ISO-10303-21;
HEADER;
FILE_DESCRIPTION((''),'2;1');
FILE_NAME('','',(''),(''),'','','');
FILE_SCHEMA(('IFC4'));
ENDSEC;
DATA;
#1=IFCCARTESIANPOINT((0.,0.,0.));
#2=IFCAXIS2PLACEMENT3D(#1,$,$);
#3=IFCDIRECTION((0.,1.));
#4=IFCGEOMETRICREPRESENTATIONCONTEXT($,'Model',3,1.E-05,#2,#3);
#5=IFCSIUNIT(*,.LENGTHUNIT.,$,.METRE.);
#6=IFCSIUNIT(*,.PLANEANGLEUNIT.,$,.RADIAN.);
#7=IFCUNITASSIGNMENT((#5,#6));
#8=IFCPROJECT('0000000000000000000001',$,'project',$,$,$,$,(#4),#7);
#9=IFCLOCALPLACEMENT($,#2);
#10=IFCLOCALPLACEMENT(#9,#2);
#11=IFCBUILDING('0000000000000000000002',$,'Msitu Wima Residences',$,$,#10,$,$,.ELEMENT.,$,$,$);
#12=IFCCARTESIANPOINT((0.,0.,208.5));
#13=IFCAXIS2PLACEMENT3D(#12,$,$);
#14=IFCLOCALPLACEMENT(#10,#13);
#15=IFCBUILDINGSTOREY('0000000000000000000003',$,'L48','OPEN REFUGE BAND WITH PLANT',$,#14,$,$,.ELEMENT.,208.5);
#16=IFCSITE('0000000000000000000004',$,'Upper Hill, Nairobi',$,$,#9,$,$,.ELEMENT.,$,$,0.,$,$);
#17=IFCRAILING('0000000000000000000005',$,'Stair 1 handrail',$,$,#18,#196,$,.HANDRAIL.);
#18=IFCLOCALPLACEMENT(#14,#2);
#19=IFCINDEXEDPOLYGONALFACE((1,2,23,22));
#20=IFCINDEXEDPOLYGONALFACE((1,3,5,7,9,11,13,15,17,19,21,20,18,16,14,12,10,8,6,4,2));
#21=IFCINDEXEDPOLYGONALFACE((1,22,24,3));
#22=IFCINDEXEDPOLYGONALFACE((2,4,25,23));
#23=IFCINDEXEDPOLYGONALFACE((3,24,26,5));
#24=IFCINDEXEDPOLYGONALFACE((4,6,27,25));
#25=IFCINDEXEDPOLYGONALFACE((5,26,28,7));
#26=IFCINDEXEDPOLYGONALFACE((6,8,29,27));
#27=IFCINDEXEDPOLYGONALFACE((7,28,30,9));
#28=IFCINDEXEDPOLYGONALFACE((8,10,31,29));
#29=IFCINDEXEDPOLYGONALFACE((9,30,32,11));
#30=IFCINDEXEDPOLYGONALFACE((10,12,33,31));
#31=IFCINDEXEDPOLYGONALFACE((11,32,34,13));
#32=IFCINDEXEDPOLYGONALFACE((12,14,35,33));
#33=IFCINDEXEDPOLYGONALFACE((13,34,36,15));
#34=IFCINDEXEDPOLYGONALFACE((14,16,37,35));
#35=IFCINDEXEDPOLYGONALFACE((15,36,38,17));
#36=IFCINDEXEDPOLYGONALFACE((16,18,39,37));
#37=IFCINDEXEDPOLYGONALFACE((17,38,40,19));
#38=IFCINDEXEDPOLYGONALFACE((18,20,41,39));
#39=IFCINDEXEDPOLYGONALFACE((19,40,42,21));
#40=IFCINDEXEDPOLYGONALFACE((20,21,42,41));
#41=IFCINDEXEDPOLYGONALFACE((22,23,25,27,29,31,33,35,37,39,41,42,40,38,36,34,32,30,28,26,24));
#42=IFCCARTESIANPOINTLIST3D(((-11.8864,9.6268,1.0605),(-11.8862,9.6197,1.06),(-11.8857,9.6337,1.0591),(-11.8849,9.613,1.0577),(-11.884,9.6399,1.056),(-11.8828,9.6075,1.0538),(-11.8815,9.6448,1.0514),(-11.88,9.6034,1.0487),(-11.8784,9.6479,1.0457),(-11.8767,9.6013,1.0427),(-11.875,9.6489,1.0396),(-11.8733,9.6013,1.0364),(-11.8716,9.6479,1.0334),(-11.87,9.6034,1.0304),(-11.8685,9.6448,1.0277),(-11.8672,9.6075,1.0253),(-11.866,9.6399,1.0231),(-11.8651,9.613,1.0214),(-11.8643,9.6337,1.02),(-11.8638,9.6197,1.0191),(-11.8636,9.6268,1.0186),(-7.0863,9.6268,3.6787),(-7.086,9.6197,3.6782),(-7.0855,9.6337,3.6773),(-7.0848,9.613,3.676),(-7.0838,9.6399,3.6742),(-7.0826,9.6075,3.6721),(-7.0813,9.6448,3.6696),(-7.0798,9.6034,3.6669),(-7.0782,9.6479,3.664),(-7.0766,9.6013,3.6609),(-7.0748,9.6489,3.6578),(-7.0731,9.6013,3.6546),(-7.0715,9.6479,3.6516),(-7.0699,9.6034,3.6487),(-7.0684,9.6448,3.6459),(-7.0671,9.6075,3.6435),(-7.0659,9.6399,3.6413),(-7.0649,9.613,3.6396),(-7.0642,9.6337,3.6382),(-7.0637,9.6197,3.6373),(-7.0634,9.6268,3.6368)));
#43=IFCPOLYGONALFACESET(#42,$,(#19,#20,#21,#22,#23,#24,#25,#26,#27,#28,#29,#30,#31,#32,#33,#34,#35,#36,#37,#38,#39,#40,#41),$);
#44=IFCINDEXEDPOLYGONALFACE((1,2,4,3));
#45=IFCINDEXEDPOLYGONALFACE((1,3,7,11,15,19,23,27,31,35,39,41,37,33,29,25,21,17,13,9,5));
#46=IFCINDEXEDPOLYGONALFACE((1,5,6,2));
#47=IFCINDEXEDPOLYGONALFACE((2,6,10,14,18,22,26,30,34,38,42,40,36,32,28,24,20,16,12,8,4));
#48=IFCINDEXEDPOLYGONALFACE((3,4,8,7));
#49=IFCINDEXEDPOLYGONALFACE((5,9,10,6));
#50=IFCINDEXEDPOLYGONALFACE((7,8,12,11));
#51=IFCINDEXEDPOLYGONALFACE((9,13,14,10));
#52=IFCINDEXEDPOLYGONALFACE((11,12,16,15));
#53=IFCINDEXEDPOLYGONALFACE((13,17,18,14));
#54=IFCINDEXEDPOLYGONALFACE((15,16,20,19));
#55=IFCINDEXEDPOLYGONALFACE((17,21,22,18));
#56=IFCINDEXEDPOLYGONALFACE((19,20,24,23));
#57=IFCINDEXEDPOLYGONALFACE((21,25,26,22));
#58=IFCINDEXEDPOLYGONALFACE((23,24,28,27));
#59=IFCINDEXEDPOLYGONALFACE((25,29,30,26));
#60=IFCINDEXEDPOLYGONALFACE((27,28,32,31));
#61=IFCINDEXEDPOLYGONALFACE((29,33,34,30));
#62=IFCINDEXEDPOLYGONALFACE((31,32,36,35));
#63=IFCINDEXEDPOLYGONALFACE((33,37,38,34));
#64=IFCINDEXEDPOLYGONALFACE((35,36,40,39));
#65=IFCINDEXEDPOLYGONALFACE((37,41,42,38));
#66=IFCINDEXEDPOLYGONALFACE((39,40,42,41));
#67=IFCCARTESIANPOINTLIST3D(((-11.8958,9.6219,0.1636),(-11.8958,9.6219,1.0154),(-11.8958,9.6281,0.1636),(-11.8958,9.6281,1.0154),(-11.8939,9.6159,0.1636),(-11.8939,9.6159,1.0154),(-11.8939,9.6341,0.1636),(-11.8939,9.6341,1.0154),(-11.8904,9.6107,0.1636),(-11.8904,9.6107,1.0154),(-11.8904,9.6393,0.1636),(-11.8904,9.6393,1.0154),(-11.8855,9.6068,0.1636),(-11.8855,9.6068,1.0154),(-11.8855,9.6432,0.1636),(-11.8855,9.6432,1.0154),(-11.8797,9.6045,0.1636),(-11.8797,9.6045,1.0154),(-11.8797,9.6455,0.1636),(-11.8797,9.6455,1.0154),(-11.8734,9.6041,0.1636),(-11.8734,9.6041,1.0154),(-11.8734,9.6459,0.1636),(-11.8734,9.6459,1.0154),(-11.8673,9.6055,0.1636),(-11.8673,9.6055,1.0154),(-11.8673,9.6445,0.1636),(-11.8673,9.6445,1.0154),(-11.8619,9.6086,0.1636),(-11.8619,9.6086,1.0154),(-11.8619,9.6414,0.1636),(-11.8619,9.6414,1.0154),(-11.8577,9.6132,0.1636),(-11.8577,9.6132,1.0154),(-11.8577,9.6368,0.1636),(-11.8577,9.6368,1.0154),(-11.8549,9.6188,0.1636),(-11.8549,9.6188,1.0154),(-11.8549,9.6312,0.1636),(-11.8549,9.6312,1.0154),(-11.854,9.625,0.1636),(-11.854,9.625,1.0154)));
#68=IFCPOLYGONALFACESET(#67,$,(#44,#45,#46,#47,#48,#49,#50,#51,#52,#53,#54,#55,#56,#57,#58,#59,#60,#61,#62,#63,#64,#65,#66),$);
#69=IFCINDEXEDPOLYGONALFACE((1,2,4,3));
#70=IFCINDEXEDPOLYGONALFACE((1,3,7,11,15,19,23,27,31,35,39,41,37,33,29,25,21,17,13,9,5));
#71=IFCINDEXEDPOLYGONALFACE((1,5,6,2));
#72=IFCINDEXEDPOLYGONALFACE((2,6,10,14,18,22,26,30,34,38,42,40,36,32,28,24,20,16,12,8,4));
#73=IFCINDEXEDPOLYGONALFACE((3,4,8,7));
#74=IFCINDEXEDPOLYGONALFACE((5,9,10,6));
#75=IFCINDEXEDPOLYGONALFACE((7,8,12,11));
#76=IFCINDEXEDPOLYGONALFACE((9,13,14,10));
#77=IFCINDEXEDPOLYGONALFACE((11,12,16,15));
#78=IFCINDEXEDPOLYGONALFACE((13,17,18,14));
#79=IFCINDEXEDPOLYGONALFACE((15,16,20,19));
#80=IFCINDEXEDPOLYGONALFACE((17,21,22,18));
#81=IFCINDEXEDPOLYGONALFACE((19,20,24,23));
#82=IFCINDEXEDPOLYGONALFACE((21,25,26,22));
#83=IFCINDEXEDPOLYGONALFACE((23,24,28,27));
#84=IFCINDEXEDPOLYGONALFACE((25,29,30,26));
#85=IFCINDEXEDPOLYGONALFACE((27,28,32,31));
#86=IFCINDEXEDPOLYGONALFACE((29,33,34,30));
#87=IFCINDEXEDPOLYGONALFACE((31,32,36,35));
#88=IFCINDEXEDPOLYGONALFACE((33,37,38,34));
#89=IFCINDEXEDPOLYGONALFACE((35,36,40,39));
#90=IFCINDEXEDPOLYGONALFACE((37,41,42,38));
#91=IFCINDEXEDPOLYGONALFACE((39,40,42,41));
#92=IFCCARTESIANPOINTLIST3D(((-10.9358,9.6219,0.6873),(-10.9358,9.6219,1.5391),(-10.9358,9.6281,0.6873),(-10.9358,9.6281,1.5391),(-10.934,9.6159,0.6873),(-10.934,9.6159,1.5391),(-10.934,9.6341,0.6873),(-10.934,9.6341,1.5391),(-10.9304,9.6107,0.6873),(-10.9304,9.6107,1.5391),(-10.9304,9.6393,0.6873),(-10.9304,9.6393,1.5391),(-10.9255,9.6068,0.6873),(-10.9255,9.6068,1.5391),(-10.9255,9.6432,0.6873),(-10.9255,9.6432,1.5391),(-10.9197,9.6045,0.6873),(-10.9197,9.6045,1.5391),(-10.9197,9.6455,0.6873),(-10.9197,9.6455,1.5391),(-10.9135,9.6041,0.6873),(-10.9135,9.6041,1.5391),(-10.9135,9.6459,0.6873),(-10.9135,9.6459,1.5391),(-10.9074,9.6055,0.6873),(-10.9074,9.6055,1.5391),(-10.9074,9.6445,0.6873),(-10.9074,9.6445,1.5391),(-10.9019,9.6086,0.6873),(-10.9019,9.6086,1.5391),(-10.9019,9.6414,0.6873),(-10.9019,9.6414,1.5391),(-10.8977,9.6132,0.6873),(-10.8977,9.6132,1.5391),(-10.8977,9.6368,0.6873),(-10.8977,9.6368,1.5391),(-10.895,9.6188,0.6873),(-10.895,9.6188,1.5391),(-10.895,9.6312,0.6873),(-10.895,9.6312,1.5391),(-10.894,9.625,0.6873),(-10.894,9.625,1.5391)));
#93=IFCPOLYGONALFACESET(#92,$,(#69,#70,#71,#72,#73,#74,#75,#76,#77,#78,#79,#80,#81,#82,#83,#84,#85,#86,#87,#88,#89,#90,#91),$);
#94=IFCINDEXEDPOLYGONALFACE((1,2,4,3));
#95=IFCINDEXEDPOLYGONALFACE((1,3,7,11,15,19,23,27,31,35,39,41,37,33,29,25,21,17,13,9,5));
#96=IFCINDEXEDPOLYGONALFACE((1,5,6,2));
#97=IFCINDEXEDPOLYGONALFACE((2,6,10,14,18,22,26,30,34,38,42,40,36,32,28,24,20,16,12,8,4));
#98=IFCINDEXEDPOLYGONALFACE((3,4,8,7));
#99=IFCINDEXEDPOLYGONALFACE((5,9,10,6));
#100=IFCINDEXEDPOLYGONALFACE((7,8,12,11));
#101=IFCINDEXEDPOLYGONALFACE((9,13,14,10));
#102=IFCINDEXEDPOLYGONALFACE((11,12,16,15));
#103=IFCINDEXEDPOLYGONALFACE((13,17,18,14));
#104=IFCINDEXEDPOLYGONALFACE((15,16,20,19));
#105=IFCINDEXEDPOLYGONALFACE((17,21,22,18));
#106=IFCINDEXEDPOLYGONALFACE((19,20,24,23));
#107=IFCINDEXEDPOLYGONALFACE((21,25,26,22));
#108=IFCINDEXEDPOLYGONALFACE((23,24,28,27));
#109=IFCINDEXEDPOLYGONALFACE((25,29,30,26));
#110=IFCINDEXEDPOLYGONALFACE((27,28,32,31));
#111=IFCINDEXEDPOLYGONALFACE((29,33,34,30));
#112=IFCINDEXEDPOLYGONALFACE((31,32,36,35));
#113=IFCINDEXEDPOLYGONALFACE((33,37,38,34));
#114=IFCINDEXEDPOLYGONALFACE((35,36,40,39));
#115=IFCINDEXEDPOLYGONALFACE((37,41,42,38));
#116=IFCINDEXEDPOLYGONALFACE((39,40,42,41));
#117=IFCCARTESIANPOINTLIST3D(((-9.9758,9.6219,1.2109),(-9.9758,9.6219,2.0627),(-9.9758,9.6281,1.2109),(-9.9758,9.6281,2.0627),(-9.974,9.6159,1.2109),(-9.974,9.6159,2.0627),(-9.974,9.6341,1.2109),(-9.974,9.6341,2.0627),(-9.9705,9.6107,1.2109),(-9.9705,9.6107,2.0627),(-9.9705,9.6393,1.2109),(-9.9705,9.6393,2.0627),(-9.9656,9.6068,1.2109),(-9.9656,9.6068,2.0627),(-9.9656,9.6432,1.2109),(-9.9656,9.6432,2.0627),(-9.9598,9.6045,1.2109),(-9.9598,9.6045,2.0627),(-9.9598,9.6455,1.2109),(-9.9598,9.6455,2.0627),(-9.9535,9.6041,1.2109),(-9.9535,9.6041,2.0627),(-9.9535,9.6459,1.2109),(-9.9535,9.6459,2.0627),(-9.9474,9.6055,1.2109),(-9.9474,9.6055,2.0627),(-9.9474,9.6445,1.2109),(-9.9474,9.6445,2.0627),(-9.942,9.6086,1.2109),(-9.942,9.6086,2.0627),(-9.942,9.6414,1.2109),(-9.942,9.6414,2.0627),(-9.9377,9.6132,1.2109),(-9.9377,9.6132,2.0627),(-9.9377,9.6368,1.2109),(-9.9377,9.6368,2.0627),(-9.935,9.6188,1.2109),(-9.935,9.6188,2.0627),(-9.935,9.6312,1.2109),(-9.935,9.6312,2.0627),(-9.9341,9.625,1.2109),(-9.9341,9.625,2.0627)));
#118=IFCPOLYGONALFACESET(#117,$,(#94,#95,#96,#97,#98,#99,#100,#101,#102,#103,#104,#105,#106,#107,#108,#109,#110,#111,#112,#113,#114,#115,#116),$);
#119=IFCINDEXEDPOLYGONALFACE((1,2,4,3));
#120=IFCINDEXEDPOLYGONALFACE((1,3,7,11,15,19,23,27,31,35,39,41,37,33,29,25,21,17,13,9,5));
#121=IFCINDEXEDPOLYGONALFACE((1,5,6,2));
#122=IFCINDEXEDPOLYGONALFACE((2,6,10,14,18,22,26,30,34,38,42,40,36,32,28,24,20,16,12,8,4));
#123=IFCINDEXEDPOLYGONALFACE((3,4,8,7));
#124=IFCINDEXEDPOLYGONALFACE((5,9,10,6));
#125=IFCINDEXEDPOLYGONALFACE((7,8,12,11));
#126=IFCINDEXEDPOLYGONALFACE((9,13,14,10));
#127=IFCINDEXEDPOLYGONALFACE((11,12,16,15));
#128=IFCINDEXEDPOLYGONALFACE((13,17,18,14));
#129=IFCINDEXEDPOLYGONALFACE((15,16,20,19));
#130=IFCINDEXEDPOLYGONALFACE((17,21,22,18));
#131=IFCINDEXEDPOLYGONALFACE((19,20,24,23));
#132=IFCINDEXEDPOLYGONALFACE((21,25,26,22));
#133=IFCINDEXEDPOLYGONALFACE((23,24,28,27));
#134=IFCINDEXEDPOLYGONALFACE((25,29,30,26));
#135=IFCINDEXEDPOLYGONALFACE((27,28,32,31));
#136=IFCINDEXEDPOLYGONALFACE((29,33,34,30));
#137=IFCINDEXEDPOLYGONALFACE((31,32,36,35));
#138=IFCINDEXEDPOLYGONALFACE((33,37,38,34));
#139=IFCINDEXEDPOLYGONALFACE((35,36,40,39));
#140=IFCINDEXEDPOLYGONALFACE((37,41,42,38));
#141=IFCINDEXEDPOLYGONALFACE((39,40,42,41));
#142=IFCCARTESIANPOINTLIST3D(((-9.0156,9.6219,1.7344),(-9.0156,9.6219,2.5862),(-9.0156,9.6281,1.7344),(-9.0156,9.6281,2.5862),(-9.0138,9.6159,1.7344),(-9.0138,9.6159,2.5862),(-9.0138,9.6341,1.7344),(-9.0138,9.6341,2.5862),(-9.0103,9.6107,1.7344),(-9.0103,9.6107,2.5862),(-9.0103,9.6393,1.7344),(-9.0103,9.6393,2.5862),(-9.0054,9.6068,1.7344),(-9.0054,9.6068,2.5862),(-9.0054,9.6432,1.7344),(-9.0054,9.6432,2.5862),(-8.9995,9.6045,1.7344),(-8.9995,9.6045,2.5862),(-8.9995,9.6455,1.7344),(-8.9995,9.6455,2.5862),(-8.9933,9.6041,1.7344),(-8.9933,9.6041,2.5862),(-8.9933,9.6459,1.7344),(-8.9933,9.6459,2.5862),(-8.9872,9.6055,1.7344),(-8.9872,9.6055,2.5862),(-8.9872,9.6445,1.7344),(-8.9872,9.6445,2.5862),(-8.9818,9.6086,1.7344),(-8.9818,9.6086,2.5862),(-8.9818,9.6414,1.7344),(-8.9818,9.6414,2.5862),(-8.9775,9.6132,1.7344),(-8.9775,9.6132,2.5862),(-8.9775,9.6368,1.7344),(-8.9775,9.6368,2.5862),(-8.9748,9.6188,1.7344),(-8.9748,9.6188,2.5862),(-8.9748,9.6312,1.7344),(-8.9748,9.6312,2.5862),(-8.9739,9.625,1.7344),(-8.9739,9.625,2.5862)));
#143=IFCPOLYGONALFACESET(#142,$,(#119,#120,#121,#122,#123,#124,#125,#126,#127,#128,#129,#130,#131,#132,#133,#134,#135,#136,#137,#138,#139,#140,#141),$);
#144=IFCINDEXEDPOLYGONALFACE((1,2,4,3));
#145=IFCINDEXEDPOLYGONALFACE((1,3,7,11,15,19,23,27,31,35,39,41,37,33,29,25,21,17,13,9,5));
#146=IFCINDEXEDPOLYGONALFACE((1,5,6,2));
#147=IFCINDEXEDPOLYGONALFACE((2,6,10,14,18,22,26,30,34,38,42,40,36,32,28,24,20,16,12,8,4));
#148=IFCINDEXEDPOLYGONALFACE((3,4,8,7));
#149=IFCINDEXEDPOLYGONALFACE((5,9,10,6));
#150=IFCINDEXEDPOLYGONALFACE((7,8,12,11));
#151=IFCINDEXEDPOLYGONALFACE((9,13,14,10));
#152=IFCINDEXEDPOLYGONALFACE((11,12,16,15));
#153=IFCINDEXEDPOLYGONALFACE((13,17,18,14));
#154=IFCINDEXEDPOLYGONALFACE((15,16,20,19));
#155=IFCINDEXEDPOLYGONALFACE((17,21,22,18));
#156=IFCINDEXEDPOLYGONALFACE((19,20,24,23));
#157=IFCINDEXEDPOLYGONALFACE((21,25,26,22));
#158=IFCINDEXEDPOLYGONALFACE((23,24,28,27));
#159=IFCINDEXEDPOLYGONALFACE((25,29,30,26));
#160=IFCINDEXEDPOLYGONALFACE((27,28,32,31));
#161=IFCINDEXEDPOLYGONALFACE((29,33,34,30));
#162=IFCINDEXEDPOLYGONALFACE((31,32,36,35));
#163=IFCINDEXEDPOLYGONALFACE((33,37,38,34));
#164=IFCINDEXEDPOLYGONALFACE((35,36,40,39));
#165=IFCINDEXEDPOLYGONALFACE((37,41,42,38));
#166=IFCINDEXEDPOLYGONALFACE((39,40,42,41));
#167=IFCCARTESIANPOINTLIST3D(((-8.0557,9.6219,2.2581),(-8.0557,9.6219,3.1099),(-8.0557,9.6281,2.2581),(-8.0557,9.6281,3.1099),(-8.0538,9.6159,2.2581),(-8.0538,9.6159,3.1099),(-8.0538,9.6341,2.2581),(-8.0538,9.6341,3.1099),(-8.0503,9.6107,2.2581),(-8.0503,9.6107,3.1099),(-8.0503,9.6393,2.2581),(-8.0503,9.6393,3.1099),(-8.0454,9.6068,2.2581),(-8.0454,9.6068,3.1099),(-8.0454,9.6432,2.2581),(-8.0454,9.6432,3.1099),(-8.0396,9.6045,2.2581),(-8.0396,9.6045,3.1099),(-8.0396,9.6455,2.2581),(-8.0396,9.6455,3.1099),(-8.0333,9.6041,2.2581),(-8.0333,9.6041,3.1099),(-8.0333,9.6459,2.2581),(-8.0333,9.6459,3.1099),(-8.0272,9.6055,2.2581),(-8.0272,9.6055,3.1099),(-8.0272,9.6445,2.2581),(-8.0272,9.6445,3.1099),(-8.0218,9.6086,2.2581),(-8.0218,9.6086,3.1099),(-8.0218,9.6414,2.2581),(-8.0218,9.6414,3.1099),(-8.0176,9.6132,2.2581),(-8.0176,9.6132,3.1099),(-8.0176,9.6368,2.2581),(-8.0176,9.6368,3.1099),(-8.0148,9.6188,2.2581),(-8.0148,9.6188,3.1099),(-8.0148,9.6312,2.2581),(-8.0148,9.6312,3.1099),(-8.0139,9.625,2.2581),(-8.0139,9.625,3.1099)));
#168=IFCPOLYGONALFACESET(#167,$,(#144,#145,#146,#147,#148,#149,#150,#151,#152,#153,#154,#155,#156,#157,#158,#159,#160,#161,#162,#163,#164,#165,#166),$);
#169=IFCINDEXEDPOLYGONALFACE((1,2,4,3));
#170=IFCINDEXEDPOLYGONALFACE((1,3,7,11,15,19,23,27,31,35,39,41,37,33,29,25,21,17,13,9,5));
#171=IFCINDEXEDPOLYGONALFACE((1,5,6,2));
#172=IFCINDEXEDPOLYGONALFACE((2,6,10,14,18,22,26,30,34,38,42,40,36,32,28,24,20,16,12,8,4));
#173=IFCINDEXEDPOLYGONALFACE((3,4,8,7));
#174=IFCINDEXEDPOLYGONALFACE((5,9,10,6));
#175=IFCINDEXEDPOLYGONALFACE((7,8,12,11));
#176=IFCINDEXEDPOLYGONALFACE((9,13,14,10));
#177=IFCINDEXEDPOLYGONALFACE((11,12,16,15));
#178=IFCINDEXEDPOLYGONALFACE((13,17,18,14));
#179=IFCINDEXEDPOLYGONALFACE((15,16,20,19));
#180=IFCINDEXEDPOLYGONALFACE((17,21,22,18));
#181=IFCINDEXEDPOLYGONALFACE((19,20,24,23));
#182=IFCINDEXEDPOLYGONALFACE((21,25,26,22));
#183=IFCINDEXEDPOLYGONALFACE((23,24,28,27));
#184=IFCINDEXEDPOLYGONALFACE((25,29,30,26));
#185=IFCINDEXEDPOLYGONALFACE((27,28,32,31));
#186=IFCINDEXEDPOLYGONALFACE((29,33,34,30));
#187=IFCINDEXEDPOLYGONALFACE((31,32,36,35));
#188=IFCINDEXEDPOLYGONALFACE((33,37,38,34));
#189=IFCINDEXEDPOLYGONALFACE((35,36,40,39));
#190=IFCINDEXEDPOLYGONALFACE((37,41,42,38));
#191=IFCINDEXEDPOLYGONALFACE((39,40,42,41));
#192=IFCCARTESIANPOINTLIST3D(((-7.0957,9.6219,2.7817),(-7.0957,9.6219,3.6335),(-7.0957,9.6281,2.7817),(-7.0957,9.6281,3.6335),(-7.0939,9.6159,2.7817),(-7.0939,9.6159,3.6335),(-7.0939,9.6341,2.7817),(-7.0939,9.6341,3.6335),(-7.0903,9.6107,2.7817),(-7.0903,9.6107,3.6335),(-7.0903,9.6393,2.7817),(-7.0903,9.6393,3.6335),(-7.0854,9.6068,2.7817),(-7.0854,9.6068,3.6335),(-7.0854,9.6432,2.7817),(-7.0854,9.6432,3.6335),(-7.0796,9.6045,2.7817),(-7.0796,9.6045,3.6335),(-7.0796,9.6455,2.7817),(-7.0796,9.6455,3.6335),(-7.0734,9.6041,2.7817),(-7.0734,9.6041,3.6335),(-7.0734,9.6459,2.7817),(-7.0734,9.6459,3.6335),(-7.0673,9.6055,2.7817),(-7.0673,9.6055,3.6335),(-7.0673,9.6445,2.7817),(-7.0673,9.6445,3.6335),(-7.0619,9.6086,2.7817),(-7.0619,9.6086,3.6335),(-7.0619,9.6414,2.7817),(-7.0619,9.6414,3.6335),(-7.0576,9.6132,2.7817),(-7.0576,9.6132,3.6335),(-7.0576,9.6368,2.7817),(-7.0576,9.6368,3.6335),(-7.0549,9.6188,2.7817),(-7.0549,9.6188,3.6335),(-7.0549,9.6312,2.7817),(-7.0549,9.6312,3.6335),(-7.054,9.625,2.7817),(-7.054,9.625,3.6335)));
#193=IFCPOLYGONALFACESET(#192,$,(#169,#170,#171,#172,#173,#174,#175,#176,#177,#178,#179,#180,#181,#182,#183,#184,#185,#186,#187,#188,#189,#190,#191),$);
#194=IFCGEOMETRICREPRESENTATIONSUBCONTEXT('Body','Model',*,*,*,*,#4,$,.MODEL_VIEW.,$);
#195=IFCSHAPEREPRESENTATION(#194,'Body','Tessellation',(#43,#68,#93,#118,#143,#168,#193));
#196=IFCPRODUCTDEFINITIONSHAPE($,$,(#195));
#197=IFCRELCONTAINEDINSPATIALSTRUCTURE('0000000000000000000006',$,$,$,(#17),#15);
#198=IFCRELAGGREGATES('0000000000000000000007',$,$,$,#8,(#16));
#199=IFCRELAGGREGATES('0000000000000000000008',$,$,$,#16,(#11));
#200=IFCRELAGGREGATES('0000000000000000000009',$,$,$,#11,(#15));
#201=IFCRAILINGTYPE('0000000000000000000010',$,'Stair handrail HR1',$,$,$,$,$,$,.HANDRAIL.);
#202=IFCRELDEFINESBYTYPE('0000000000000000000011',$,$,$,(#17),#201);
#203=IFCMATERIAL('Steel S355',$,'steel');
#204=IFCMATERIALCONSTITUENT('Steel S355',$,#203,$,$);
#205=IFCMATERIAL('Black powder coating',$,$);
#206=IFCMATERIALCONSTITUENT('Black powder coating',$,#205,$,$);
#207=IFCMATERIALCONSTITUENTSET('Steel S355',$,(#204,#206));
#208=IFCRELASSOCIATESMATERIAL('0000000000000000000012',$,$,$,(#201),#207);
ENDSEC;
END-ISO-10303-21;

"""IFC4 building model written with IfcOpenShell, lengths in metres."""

from ifc_helpers import new_model, si_unit, direction, frame, origin, origin_2d, place, context, subcontext, project, spatial, circle, extrude, material, constituent, constituent_set, type_object, element, save


model = new_model("IFC4")

# Units and contexts
model_context = context("Model", 3, precision=1e-05, world=origin(), true_north=direction((0.0, 1.0)))
body_context = subcontext(model_context, "Body", "Model", "MODEL_VIEW")
ifc_project = project(units=[si_unit("LENGTHUNIT", "METRE"), si_unit("PLANEANGLEUNIT", "RADIAN")], contexts=[model_context])

# Site, building, storey
site_placement = place(None, origin())
site = spatial("IfcSite", under=ifc_project, at=site_placement, Name="Upper Hill, Nairobi", CompositionType="ELEMENT", RefElevation=0.0)
building_placement = place(site_placement, origin())
building = spatial("IfcBuilding", under=site, at=building_placement, Name="Msitu Wima Residences", CompositionType="ELEMENT")
storey_placement = place(building_placement, frame((0.0, 0.0, 208.5)))
storey = spatial("IfcBuildingStorey", under=building, at=storey_placement, Name="L48", Description="OPEN REFUGE BAND WITH PLANT", CompositionType="ELEMENT", Elevation=208.5)

# Railing
ifc_material_1 = material(Name="Steel S355", Category="steel")
ifc_constituent_1 = constituent(ifc_material_1, Name="Steel S355")
ifc_material_2 = material(Name="Black powder coating")
ifc_constituent_2 = constituent(ifc_material_2, Name="Black powder coating")
ifc_constituent_set = constituent_set(constituents=[ifc_constituent_1, ifc_constituent_2], Name="Steel S355")
railing_type = type_object("IfcRailingType", Name="Stair handrail HR1", PredefinedType="HANDRAIL", material=ifc_constituent_set)
railing_placement = place(storey_placement, frame((-11.875, 9.625, 0.1636)))
element("IfcRailing", 1, at=railing_placement, inside=storey, type_object=railing_type, Name="Stair 1 handrail", PredefinedType="HANDRAIL", context=body_context, shape_type="SweptSolid", body=[
    extrude(circle(Radius=0.0239, at=origin_2d()), frame((0.0, 0.0, 0.876), z_axis=(0.877899, 0.0, 0.478846), x_axis=(0.0, 1.0, 0.0)), (0.0, 0.0, 1.0), 5.4678),
    extrude(circle(Radius=0.021, at=origin_2d()), origin(), (0.0, 0.0, 1.0), 0.8518),
    extrude(circle(Radius=0.021, at=origin_2d()), frame((0.96, 0.0, 0.5237)), (0.0, 0.0, 1.0), 0.8518),
    extrude(circle(Radius=0.021, at=origin_2d()), frame((1.9199, 0.0, 1.0474)), (0.0, 0.0, 1.0), 0.8518),
    extrude(circle(Radius=0.021, at=origin_2d()), frame((2.8801, 0.0, 1.5708)), (0.0, 0.0, 1.0), 0.8518),
    extrude(circle(Radius=0.021, at=origin_2d()), frame((3.8401, 0.0, 2.0945)), (0.0, 0.0, 1.0), 0.8518),
    extrude(circle(Radius=0.021, at=origin_2d()), frame((4.8, 0.0, 2.6182)), (0.0, 0.0, 1.0), 0.8518),
])

save(model, "model.ifc")
